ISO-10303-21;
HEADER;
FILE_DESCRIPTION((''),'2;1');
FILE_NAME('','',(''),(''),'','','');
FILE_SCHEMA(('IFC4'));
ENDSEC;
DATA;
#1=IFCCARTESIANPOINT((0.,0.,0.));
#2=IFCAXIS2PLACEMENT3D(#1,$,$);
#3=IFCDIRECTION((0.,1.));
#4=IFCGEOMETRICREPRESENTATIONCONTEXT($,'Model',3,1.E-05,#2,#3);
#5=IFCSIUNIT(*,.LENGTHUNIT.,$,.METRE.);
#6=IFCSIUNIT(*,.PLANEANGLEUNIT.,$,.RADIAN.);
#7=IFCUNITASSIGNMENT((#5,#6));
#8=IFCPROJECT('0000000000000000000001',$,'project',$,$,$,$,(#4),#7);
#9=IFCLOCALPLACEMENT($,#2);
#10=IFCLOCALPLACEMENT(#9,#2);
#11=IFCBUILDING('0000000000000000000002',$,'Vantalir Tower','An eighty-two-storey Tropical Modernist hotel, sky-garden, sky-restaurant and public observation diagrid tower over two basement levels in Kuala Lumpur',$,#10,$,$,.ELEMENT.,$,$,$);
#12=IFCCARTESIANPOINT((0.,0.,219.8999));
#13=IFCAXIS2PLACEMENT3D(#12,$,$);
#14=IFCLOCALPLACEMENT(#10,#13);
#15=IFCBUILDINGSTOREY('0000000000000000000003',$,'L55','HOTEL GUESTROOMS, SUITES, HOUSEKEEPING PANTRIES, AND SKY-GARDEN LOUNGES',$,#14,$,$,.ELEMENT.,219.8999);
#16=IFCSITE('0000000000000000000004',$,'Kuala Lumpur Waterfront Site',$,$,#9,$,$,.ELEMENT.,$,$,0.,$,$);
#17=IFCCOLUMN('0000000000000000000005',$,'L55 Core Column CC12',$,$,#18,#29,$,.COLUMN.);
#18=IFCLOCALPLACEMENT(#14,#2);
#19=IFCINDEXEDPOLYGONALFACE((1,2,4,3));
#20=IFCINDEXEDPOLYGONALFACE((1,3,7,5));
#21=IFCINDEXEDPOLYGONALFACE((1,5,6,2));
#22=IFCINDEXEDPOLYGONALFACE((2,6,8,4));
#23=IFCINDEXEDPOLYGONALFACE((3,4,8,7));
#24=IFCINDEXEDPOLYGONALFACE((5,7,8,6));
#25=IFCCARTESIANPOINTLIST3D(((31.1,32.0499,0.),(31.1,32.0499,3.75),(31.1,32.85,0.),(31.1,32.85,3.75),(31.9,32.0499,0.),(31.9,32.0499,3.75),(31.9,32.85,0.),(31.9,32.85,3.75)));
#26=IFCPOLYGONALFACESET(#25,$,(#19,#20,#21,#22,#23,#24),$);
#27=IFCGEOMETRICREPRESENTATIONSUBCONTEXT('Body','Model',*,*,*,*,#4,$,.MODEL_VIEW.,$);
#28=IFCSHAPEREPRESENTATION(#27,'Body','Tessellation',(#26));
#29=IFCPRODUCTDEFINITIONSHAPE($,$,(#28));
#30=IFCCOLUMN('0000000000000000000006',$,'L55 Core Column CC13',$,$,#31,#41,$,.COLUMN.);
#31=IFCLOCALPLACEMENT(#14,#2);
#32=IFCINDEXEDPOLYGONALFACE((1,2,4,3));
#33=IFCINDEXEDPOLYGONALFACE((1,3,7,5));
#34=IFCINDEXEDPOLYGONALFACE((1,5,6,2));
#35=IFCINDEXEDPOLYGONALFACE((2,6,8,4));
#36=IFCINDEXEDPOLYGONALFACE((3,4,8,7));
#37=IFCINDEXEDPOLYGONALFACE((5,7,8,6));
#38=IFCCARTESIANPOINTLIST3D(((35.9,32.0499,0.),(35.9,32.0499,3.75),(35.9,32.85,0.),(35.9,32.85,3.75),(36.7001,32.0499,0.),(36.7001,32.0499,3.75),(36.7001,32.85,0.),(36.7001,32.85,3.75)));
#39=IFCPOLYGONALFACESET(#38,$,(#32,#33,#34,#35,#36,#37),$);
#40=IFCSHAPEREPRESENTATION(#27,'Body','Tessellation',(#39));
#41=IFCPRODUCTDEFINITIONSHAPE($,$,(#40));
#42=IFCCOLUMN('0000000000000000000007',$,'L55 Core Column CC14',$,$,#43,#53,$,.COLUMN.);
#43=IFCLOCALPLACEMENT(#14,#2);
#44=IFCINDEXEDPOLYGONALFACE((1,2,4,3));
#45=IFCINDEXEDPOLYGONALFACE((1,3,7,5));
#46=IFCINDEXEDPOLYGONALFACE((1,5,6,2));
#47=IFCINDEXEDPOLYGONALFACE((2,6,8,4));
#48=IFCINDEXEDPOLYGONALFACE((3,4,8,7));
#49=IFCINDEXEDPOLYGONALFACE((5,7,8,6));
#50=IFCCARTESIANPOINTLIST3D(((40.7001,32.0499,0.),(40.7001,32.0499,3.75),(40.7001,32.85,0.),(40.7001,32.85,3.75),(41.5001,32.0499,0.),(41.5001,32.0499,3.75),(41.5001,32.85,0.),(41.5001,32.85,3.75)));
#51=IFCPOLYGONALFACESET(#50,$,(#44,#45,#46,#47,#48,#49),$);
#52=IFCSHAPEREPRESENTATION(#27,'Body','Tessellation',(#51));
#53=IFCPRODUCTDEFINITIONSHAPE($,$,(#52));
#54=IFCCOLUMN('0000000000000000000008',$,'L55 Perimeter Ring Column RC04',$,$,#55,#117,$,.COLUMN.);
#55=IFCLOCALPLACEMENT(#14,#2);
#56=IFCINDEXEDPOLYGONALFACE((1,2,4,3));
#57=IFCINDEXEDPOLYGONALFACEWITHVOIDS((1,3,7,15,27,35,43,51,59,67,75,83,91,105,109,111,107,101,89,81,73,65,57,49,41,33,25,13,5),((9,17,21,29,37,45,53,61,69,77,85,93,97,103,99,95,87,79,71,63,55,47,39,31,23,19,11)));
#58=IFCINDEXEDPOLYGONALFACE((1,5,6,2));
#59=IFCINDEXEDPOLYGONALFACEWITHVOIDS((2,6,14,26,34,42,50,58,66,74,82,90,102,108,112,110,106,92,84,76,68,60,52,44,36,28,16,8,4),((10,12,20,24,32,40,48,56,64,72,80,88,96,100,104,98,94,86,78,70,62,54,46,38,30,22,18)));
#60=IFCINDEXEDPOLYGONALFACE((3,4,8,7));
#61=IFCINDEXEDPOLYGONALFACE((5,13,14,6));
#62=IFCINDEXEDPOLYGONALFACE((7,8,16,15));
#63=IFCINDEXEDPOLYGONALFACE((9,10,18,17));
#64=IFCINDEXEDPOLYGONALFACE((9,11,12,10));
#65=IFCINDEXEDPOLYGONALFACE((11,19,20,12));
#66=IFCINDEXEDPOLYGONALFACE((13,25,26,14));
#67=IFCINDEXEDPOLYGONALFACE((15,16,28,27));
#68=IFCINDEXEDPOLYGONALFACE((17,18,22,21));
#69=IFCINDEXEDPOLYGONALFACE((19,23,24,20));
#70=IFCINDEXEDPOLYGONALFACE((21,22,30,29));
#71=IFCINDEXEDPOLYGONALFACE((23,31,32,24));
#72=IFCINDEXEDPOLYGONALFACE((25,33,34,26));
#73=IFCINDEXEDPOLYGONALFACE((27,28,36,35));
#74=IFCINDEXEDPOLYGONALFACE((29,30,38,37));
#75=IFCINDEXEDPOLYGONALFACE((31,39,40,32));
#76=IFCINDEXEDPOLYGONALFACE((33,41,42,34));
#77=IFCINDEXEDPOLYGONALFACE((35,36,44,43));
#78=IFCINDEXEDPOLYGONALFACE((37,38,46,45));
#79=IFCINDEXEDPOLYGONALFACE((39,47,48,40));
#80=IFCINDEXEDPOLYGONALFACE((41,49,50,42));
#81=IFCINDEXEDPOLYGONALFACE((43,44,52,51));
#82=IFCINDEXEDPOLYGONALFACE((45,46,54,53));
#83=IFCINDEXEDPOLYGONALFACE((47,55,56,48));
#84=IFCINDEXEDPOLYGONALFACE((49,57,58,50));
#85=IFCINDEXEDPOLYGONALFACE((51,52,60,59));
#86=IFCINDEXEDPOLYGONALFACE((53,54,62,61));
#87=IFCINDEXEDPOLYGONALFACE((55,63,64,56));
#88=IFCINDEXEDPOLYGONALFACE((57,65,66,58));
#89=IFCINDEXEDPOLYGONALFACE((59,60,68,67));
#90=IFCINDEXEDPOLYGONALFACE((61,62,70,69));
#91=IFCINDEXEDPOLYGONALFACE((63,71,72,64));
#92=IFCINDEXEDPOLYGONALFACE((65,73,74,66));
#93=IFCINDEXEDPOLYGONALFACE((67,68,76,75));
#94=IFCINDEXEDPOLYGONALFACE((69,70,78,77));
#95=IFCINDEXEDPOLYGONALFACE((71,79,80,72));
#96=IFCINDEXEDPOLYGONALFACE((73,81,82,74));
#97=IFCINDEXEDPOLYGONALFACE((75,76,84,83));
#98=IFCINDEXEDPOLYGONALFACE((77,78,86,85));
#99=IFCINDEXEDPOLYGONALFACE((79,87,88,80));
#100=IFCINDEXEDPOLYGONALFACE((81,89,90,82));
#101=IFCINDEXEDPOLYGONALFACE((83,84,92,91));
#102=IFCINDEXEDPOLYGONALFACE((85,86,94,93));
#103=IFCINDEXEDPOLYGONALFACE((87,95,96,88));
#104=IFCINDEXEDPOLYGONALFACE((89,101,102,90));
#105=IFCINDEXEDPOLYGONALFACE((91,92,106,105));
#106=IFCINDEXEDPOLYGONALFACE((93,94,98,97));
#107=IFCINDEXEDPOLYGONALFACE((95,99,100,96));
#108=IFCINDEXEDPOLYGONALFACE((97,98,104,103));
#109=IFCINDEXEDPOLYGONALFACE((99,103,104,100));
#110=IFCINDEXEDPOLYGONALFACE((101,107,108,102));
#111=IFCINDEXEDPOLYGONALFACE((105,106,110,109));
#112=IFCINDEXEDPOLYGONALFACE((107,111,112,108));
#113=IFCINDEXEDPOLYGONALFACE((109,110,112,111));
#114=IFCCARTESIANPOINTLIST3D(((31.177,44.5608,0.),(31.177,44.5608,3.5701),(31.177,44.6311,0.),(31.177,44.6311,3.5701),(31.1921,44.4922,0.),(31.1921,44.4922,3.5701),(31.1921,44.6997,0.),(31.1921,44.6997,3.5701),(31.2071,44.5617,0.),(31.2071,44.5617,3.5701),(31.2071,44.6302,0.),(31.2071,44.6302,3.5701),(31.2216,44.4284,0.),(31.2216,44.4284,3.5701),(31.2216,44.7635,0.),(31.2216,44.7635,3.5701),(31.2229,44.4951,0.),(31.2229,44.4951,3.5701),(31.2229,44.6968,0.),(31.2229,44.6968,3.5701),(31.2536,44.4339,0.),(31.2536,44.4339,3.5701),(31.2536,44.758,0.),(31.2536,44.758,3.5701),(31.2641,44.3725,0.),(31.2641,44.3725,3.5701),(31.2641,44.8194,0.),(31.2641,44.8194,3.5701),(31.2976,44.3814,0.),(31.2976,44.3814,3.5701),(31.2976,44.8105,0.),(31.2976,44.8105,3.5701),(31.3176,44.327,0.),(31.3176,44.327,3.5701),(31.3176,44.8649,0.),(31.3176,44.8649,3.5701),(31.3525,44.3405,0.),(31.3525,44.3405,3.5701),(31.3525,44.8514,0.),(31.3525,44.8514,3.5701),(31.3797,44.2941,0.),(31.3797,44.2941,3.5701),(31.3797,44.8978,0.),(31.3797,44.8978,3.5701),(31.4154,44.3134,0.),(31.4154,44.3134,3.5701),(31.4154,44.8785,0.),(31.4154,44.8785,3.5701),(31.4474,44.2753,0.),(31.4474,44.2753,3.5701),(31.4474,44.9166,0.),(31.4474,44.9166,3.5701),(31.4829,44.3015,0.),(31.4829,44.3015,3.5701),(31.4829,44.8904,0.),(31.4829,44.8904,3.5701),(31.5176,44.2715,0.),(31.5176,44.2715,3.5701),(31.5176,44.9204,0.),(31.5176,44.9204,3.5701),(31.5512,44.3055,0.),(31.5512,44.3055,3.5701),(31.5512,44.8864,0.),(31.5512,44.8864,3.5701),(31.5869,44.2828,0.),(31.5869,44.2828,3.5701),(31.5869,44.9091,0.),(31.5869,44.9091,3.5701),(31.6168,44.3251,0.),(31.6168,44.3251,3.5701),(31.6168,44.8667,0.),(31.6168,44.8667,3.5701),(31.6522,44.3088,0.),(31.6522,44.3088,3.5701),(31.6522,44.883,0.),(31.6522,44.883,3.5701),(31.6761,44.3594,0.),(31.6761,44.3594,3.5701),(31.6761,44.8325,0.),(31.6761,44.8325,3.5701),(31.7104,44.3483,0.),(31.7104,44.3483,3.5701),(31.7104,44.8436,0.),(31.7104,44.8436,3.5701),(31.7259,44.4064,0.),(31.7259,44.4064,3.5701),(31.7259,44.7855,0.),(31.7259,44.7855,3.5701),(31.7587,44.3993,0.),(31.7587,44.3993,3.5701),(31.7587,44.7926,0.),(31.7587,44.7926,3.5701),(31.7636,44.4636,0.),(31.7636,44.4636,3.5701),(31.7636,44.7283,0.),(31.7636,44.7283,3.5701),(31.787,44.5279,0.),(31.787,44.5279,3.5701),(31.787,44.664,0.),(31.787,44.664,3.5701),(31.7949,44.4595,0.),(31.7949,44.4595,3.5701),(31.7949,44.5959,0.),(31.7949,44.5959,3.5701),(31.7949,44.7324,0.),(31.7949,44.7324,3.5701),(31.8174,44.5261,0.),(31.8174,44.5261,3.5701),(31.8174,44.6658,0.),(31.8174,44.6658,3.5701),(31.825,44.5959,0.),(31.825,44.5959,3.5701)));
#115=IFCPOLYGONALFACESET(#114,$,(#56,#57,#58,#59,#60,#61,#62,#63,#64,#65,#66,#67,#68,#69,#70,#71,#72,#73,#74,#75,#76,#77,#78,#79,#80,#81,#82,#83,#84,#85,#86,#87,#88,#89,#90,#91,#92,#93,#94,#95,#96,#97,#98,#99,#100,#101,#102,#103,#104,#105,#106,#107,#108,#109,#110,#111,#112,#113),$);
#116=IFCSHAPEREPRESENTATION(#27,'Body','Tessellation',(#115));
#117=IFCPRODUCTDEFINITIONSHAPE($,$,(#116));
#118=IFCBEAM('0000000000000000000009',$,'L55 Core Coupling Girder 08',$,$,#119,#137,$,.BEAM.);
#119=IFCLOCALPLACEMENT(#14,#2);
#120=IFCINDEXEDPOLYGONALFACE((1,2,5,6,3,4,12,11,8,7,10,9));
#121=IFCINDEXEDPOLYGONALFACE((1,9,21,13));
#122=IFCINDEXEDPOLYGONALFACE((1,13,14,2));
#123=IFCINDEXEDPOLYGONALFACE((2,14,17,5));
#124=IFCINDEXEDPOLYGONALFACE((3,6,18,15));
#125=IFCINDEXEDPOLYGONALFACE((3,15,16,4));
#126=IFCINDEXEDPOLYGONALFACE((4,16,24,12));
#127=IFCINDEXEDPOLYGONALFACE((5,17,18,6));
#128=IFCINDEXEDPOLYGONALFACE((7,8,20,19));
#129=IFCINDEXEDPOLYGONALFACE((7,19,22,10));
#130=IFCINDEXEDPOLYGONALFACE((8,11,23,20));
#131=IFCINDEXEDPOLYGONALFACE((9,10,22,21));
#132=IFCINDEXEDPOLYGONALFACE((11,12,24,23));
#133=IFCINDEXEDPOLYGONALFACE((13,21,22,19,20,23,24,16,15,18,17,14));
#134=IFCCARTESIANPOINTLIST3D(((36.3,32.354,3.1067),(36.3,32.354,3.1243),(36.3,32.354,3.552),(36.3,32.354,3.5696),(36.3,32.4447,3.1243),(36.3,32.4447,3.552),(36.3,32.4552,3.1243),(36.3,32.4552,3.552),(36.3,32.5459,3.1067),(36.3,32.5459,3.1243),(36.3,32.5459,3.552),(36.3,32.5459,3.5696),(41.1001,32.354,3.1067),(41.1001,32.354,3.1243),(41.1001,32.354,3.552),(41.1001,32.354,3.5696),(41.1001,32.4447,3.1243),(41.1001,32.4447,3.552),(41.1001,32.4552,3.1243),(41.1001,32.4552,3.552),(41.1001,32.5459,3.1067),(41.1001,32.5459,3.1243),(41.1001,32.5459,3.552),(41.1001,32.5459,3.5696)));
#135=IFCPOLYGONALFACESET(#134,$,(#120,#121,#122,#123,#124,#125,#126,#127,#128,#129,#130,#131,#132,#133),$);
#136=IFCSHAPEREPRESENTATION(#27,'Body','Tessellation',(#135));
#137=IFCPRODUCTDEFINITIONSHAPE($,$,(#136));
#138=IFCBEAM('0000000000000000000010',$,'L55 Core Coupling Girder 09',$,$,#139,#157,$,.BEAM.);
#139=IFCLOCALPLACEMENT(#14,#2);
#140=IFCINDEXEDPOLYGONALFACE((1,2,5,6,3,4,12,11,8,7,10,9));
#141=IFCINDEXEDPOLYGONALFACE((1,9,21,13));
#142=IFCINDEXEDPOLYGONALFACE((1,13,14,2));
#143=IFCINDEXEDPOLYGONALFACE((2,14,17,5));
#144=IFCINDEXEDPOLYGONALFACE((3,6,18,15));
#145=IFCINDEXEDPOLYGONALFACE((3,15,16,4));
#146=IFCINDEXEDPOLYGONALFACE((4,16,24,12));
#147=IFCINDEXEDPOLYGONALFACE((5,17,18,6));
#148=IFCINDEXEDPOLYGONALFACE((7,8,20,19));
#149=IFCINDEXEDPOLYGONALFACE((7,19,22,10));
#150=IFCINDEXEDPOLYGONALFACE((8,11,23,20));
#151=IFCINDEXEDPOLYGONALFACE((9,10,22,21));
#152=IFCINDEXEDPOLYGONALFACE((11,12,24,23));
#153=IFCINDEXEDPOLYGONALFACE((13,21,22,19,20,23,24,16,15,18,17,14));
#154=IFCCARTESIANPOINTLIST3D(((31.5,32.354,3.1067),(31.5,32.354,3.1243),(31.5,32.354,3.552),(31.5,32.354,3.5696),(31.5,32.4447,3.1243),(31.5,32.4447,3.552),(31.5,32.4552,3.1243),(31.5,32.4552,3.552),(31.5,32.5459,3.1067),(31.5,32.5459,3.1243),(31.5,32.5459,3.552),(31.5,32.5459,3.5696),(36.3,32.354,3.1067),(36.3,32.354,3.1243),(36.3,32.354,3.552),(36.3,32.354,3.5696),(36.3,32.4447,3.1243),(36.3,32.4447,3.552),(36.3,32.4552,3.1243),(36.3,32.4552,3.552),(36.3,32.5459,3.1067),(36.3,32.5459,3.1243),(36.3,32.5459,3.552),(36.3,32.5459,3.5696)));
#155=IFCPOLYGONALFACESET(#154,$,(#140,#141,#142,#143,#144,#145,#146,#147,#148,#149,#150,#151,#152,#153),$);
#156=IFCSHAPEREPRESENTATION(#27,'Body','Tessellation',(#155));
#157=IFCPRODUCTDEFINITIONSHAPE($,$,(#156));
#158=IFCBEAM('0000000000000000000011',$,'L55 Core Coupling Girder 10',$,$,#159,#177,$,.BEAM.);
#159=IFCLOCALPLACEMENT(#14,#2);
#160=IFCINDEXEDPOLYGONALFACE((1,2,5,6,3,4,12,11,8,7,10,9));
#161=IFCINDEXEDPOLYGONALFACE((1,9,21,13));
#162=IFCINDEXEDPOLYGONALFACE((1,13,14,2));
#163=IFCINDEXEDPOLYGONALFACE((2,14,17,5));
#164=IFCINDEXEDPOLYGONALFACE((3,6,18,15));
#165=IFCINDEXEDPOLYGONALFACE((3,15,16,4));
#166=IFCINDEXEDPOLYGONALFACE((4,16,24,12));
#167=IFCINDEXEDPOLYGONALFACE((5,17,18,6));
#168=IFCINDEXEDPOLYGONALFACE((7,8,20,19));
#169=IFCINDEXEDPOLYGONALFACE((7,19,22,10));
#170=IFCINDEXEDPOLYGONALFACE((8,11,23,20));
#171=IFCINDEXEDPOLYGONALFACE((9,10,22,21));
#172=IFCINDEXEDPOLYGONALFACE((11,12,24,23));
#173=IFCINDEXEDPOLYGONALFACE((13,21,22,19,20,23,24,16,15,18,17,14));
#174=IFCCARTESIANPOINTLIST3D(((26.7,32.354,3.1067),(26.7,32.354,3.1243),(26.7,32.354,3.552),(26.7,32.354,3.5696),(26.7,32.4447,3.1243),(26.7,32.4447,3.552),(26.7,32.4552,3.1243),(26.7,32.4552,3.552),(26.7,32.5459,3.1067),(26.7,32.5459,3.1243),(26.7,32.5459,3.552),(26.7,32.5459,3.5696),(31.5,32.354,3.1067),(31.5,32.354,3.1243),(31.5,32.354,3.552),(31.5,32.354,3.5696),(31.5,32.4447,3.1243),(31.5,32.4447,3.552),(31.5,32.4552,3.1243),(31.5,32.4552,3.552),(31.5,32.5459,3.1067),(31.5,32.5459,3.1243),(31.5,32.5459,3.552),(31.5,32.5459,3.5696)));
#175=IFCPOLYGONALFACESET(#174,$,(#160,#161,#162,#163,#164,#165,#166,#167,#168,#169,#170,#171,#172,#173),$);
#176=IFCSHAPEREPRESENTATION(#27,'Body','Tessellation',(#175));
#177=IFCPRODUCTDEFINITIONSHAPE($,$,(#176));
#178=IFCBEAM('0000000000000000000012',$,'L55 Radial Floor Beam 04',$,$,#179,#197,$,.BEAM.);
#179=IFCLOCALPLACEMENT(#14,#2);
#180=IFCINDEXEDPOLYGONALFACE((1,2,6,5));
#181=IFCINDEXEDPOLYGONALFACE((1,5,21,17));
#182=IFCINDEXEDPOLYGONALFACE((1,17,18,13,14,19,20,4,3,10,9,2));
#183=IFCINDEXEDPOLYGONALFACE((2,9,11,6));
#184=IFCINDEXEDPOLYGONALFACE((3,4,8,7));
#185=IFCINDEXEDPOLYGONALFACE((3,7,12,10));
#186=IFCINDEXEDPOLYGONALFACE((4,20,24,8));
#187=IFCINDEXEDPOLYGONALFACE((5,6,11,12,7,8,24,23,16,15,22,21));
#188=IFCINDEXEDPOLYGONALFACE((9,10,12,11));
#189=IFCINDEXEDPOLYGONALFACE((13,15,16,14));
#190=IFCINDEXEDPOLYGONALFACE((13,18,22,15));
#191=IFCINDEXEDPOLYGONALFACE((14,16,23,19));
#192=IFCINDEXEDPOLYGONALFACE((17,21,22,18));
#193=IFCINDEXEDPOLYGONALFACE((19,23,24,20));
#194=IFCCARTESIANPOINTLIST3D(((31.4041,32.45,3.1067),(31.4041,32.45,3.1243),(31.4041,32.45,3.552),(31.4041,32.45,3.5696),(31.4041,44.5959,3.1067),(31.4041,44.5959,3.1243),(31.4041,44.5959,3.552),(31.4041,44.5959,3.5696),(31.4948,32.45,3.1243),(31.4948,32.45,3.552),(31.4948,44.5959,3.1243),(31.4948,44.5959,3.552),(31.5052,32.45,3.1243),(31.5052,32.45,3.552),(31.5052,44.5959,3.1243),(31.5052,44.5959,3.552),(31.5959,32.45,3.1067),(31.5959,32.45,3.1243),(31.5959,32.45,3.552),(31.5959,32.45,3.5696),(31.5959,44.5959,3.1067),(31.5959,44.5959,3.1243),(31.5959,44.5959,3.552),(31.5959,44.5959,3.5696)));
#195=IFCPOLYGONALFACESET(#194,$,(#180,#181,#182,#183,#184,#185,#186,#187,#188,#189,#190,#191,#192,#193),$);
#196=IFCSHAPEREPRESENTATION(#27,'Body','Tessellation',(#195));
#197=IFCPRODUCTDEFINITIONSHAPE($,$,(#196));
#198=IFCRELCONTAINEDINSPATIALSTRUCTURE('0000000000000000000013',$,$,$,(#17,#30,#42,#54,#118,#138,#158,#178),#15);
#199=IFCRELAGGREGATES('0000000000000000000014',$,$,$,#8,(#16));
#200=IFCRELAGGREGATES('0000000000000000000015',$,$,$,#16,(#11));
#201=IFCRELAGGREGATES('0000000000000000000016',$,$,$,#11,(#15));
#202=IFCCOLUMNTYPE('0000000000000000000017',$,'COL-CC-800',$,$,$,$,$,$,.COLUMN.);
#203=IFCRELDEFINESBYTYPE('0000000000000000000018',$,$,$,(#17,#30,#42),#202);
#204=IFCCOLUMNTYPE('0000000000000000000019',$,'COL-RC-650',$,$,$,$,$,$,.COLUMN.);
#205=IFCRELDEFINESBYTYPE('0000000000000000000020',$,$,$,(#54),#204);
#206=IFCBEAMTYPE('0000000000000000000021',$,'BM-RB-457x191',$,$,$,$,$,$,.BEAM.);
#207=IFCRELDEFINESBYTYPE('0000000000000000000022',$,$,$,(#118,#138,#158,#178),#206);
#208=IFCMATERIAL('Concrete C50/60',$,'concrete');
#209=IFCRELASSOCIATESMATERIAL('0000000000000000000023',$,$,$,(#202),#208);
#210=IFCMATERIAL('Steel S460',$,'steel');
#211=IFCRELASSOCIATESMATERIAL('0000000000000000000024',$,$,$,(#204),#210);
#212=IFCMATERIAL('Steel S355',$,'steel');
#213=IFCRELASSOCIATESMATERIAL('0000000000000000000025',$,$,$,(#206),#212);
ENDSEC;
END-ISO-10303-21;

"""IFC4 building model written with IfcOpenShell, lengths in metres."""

from ifc_helpers import new_model, si_unit, direction, frame, origin, origin_2d, place, context, subcontext, project, spatial, rectangle, hollow_circle, i_section, extrude, material, material_profile, profile_set, type_object, element, save


model = new_model("IFC4")

# Units and contexts
model_context = context("Model", 3, precision=1e-05, world=origin(), true_north=direction((0.0, 1.0)))
body_context = subcontext(model_context, "Body", "Model", "MODEL_VIEW")
ifc_project = project(units=[si_unit("LENGTHUNIT", "METRE"), si_unit("PLANEANGLEUNIT", "RADIAN")], contexts=[model_context])

# Site, building, storey
site_placement = place(None, origin())
site = spatial("IfcSite", under=ifc_project, at=site_placement, Name="Kuala Lumpur Waterfront Site", CompositionType="ELEMENT", RefElevation=0.0)
building_placement = place(site_placement, origin())
building = spatial("IfcBuilding", under=site, at=building_placement, Name="Vantalir Tower", Description="An eighty-two-storey Tropical Modernist hotel, sky-garden, sky-restaurant and public observation diagrid tower over two basement levels in Kuala Lumpur", CompositionType="ELEMENT")
storey_placement = place(building_placement, frame((0.0, 0.0, 219.8999)))
storey = spatial("IfcBuildingStorey", under=building, at=storey_placement, Name="L55", Description="HOTEL GUESTROOMS, SUITES, HOUSEKEEPING PANTRIES, AND SKY-GARDEN LOUNGES", CompositionType="ELEMENT", Elevation=219.8999)

# Columns
ifc_material_1 = material(Name="Concrete C50/60", Category="concrete")
ifc_material_profile_1 = material_profile(ifc_material_1, rectangle(XDim=0.8, YDim=0.8, at=origin_2d()), Name="Concrete C50/60")
ifc_profile_set_1 = profile_set([ifc_material_profile_1], Name="Concrete C50/60")
column_type_1 = type_object("IfcColumnType", Name="COL-CC-800", PredefinedType="COLUMN", material=ifc_profile_set_1)
for number, where, z_axis, x_axis, name in (
    (1, (31.5, 32.45, 0.0), (0.0, 0.0, 1.0), (1.0, 0.0, 0.0), "L55 Core Column CC12"),
    (2, (36.3, 32.45, 0.0), (0.0, 0.0, 1.0), (1.0, 0.0, 0.0), "L55 Core Column CC13"),
    (3, (41.1001, 32.45, 0.0), (0.0, 0.0, 1.0), (1.0, 0.0, 0.0), "L55 Core Column CC14"),
):
    element("IfcColumn", number, at=place(storey_placement, frame(where, z_axis=z_axis, x_axis=x_axis)), inside=storey, type_object=column_type_1, Name=name, PredefinedType="COLUMN", context=body_context, shape_type="SweptSolid", body=[
        extrude(rectangle(XDim=0.8, YDim=0.8, at=origin_2d()), origin(), (0.0, 0.0, 1.0), 3.75),
    ])
ifc_material_2 = material(Name="Steel S460", Category="steel")
ifc_material_profile_2 = material_profile(ifc_material_2, hollow_circle(Radius=0.325, WallThickness=0.03, at=origin_2d()), Name="Steel S460")
ifc_profile_set_2 = profile_set([ifc_material_profile_2], Name="Steel S460")
column_type_2 = type_object("IfcColumnType", Name="COL-RC-650", PredefinedType="COLUMN", material=ifc_profile_set_2)
column_placement = place(storey_placement, frame((31.5, 44.5959, 0.0), z_axis=(0.0, 0.0, 1.0), x_axis=(1.0, 0.0, 0.0)))
element("IfcColumn", 4, at=column_placement, inside=storey, type_object=column_type_2, Name="L55 Perimeter Ring Column RC04", PredefinedType="COLUMN", context=body_context, shape_type="SweptSolid", body=[
    extrude(hollow_circle(Radius=0.325, WallThickness=0.03, at=origin_2d()), origin(), (0.0, 0.0, 1.0), 3.5701),
])

# Beams
ifc_material_3 = material(Name="Steel S355", Category="steel")
ifc_material_profile_3 = material_profile(ifc_material_3, i_section(OverallWidth=0.1919, OverallDepth=0.4629, WebThickness=0.0105, FlangeThickness=0.0176, at=origin_2d()), Name="Steel S355")
ifc_profile_set_3 = profile_set([ifc_material_profile_3], Name="Steel S355")
beam_type_1 = type_object("IfcBeamType", Name="BM-RB-457x191", PredefinedType="BEAM", material=ifc_profile_set_3)
for number, where, z_axis, x_axis, name in (
    (5, (41.1001, 32.45, 3.3381), (-1.0, 0.0, 0.0), (0.0, -1.0, 0.0), "L55 Core Coupling Girder 08"),
    (6, (36.3, 32.45, 3.3381), (-1.0, 0.0, 0.0), (0.0, -1.0, 0.0), "L55 Core Coupling Girder 09"),
    (7, (31.5, 32.45, 3.3381), (-1.0, 0.0, 0.0), (0.0, -1.0, 0.0), "L55 Core Coupling Girder 10"),
):
    element("IfcBeam", number, at=place(storey_placement, frame(where, z_axis=z_axis, x_axis=x_axis)), inside=storey, type_object=beam_type_1, Name=name, PredefinedType="BEAM", context=body_context, shape_type="SweptSolid", body=[
        extrude(i_section(OverallWidth=0.1919, OverallDepth=0.4629, WebThickness=0.0105, FlangeThickness=0.0176, at=origin_2d()), origin(), (0.0, 0.0, 1.0), 4.8),
    ])
beam_1_placement = place(storey_placement, frame((31.5, 44.5959, 3.3381), z_axis=(0.0, -1.0, 0.0), x_axis=(1.0, 0.0, 0.0)))
element("IfcBeam", 8, at=beam_1_placement, inside=storey, type_object=beam_type_1, Name="L55 Radial Floor Beam 04", PredefinedType="BEAM", context=body_context, shape_type="SweptSolid", body=[
    extrude(i_section(OverallWidth=0.1919, OverallDepth=0.4629, WebThickness=0.0105, FlangeThickness=0.0176, at=origin_2d()), origin(), (0.0, 0.0, 1.0), 12.146),
])

save(model, "model.ifc")
